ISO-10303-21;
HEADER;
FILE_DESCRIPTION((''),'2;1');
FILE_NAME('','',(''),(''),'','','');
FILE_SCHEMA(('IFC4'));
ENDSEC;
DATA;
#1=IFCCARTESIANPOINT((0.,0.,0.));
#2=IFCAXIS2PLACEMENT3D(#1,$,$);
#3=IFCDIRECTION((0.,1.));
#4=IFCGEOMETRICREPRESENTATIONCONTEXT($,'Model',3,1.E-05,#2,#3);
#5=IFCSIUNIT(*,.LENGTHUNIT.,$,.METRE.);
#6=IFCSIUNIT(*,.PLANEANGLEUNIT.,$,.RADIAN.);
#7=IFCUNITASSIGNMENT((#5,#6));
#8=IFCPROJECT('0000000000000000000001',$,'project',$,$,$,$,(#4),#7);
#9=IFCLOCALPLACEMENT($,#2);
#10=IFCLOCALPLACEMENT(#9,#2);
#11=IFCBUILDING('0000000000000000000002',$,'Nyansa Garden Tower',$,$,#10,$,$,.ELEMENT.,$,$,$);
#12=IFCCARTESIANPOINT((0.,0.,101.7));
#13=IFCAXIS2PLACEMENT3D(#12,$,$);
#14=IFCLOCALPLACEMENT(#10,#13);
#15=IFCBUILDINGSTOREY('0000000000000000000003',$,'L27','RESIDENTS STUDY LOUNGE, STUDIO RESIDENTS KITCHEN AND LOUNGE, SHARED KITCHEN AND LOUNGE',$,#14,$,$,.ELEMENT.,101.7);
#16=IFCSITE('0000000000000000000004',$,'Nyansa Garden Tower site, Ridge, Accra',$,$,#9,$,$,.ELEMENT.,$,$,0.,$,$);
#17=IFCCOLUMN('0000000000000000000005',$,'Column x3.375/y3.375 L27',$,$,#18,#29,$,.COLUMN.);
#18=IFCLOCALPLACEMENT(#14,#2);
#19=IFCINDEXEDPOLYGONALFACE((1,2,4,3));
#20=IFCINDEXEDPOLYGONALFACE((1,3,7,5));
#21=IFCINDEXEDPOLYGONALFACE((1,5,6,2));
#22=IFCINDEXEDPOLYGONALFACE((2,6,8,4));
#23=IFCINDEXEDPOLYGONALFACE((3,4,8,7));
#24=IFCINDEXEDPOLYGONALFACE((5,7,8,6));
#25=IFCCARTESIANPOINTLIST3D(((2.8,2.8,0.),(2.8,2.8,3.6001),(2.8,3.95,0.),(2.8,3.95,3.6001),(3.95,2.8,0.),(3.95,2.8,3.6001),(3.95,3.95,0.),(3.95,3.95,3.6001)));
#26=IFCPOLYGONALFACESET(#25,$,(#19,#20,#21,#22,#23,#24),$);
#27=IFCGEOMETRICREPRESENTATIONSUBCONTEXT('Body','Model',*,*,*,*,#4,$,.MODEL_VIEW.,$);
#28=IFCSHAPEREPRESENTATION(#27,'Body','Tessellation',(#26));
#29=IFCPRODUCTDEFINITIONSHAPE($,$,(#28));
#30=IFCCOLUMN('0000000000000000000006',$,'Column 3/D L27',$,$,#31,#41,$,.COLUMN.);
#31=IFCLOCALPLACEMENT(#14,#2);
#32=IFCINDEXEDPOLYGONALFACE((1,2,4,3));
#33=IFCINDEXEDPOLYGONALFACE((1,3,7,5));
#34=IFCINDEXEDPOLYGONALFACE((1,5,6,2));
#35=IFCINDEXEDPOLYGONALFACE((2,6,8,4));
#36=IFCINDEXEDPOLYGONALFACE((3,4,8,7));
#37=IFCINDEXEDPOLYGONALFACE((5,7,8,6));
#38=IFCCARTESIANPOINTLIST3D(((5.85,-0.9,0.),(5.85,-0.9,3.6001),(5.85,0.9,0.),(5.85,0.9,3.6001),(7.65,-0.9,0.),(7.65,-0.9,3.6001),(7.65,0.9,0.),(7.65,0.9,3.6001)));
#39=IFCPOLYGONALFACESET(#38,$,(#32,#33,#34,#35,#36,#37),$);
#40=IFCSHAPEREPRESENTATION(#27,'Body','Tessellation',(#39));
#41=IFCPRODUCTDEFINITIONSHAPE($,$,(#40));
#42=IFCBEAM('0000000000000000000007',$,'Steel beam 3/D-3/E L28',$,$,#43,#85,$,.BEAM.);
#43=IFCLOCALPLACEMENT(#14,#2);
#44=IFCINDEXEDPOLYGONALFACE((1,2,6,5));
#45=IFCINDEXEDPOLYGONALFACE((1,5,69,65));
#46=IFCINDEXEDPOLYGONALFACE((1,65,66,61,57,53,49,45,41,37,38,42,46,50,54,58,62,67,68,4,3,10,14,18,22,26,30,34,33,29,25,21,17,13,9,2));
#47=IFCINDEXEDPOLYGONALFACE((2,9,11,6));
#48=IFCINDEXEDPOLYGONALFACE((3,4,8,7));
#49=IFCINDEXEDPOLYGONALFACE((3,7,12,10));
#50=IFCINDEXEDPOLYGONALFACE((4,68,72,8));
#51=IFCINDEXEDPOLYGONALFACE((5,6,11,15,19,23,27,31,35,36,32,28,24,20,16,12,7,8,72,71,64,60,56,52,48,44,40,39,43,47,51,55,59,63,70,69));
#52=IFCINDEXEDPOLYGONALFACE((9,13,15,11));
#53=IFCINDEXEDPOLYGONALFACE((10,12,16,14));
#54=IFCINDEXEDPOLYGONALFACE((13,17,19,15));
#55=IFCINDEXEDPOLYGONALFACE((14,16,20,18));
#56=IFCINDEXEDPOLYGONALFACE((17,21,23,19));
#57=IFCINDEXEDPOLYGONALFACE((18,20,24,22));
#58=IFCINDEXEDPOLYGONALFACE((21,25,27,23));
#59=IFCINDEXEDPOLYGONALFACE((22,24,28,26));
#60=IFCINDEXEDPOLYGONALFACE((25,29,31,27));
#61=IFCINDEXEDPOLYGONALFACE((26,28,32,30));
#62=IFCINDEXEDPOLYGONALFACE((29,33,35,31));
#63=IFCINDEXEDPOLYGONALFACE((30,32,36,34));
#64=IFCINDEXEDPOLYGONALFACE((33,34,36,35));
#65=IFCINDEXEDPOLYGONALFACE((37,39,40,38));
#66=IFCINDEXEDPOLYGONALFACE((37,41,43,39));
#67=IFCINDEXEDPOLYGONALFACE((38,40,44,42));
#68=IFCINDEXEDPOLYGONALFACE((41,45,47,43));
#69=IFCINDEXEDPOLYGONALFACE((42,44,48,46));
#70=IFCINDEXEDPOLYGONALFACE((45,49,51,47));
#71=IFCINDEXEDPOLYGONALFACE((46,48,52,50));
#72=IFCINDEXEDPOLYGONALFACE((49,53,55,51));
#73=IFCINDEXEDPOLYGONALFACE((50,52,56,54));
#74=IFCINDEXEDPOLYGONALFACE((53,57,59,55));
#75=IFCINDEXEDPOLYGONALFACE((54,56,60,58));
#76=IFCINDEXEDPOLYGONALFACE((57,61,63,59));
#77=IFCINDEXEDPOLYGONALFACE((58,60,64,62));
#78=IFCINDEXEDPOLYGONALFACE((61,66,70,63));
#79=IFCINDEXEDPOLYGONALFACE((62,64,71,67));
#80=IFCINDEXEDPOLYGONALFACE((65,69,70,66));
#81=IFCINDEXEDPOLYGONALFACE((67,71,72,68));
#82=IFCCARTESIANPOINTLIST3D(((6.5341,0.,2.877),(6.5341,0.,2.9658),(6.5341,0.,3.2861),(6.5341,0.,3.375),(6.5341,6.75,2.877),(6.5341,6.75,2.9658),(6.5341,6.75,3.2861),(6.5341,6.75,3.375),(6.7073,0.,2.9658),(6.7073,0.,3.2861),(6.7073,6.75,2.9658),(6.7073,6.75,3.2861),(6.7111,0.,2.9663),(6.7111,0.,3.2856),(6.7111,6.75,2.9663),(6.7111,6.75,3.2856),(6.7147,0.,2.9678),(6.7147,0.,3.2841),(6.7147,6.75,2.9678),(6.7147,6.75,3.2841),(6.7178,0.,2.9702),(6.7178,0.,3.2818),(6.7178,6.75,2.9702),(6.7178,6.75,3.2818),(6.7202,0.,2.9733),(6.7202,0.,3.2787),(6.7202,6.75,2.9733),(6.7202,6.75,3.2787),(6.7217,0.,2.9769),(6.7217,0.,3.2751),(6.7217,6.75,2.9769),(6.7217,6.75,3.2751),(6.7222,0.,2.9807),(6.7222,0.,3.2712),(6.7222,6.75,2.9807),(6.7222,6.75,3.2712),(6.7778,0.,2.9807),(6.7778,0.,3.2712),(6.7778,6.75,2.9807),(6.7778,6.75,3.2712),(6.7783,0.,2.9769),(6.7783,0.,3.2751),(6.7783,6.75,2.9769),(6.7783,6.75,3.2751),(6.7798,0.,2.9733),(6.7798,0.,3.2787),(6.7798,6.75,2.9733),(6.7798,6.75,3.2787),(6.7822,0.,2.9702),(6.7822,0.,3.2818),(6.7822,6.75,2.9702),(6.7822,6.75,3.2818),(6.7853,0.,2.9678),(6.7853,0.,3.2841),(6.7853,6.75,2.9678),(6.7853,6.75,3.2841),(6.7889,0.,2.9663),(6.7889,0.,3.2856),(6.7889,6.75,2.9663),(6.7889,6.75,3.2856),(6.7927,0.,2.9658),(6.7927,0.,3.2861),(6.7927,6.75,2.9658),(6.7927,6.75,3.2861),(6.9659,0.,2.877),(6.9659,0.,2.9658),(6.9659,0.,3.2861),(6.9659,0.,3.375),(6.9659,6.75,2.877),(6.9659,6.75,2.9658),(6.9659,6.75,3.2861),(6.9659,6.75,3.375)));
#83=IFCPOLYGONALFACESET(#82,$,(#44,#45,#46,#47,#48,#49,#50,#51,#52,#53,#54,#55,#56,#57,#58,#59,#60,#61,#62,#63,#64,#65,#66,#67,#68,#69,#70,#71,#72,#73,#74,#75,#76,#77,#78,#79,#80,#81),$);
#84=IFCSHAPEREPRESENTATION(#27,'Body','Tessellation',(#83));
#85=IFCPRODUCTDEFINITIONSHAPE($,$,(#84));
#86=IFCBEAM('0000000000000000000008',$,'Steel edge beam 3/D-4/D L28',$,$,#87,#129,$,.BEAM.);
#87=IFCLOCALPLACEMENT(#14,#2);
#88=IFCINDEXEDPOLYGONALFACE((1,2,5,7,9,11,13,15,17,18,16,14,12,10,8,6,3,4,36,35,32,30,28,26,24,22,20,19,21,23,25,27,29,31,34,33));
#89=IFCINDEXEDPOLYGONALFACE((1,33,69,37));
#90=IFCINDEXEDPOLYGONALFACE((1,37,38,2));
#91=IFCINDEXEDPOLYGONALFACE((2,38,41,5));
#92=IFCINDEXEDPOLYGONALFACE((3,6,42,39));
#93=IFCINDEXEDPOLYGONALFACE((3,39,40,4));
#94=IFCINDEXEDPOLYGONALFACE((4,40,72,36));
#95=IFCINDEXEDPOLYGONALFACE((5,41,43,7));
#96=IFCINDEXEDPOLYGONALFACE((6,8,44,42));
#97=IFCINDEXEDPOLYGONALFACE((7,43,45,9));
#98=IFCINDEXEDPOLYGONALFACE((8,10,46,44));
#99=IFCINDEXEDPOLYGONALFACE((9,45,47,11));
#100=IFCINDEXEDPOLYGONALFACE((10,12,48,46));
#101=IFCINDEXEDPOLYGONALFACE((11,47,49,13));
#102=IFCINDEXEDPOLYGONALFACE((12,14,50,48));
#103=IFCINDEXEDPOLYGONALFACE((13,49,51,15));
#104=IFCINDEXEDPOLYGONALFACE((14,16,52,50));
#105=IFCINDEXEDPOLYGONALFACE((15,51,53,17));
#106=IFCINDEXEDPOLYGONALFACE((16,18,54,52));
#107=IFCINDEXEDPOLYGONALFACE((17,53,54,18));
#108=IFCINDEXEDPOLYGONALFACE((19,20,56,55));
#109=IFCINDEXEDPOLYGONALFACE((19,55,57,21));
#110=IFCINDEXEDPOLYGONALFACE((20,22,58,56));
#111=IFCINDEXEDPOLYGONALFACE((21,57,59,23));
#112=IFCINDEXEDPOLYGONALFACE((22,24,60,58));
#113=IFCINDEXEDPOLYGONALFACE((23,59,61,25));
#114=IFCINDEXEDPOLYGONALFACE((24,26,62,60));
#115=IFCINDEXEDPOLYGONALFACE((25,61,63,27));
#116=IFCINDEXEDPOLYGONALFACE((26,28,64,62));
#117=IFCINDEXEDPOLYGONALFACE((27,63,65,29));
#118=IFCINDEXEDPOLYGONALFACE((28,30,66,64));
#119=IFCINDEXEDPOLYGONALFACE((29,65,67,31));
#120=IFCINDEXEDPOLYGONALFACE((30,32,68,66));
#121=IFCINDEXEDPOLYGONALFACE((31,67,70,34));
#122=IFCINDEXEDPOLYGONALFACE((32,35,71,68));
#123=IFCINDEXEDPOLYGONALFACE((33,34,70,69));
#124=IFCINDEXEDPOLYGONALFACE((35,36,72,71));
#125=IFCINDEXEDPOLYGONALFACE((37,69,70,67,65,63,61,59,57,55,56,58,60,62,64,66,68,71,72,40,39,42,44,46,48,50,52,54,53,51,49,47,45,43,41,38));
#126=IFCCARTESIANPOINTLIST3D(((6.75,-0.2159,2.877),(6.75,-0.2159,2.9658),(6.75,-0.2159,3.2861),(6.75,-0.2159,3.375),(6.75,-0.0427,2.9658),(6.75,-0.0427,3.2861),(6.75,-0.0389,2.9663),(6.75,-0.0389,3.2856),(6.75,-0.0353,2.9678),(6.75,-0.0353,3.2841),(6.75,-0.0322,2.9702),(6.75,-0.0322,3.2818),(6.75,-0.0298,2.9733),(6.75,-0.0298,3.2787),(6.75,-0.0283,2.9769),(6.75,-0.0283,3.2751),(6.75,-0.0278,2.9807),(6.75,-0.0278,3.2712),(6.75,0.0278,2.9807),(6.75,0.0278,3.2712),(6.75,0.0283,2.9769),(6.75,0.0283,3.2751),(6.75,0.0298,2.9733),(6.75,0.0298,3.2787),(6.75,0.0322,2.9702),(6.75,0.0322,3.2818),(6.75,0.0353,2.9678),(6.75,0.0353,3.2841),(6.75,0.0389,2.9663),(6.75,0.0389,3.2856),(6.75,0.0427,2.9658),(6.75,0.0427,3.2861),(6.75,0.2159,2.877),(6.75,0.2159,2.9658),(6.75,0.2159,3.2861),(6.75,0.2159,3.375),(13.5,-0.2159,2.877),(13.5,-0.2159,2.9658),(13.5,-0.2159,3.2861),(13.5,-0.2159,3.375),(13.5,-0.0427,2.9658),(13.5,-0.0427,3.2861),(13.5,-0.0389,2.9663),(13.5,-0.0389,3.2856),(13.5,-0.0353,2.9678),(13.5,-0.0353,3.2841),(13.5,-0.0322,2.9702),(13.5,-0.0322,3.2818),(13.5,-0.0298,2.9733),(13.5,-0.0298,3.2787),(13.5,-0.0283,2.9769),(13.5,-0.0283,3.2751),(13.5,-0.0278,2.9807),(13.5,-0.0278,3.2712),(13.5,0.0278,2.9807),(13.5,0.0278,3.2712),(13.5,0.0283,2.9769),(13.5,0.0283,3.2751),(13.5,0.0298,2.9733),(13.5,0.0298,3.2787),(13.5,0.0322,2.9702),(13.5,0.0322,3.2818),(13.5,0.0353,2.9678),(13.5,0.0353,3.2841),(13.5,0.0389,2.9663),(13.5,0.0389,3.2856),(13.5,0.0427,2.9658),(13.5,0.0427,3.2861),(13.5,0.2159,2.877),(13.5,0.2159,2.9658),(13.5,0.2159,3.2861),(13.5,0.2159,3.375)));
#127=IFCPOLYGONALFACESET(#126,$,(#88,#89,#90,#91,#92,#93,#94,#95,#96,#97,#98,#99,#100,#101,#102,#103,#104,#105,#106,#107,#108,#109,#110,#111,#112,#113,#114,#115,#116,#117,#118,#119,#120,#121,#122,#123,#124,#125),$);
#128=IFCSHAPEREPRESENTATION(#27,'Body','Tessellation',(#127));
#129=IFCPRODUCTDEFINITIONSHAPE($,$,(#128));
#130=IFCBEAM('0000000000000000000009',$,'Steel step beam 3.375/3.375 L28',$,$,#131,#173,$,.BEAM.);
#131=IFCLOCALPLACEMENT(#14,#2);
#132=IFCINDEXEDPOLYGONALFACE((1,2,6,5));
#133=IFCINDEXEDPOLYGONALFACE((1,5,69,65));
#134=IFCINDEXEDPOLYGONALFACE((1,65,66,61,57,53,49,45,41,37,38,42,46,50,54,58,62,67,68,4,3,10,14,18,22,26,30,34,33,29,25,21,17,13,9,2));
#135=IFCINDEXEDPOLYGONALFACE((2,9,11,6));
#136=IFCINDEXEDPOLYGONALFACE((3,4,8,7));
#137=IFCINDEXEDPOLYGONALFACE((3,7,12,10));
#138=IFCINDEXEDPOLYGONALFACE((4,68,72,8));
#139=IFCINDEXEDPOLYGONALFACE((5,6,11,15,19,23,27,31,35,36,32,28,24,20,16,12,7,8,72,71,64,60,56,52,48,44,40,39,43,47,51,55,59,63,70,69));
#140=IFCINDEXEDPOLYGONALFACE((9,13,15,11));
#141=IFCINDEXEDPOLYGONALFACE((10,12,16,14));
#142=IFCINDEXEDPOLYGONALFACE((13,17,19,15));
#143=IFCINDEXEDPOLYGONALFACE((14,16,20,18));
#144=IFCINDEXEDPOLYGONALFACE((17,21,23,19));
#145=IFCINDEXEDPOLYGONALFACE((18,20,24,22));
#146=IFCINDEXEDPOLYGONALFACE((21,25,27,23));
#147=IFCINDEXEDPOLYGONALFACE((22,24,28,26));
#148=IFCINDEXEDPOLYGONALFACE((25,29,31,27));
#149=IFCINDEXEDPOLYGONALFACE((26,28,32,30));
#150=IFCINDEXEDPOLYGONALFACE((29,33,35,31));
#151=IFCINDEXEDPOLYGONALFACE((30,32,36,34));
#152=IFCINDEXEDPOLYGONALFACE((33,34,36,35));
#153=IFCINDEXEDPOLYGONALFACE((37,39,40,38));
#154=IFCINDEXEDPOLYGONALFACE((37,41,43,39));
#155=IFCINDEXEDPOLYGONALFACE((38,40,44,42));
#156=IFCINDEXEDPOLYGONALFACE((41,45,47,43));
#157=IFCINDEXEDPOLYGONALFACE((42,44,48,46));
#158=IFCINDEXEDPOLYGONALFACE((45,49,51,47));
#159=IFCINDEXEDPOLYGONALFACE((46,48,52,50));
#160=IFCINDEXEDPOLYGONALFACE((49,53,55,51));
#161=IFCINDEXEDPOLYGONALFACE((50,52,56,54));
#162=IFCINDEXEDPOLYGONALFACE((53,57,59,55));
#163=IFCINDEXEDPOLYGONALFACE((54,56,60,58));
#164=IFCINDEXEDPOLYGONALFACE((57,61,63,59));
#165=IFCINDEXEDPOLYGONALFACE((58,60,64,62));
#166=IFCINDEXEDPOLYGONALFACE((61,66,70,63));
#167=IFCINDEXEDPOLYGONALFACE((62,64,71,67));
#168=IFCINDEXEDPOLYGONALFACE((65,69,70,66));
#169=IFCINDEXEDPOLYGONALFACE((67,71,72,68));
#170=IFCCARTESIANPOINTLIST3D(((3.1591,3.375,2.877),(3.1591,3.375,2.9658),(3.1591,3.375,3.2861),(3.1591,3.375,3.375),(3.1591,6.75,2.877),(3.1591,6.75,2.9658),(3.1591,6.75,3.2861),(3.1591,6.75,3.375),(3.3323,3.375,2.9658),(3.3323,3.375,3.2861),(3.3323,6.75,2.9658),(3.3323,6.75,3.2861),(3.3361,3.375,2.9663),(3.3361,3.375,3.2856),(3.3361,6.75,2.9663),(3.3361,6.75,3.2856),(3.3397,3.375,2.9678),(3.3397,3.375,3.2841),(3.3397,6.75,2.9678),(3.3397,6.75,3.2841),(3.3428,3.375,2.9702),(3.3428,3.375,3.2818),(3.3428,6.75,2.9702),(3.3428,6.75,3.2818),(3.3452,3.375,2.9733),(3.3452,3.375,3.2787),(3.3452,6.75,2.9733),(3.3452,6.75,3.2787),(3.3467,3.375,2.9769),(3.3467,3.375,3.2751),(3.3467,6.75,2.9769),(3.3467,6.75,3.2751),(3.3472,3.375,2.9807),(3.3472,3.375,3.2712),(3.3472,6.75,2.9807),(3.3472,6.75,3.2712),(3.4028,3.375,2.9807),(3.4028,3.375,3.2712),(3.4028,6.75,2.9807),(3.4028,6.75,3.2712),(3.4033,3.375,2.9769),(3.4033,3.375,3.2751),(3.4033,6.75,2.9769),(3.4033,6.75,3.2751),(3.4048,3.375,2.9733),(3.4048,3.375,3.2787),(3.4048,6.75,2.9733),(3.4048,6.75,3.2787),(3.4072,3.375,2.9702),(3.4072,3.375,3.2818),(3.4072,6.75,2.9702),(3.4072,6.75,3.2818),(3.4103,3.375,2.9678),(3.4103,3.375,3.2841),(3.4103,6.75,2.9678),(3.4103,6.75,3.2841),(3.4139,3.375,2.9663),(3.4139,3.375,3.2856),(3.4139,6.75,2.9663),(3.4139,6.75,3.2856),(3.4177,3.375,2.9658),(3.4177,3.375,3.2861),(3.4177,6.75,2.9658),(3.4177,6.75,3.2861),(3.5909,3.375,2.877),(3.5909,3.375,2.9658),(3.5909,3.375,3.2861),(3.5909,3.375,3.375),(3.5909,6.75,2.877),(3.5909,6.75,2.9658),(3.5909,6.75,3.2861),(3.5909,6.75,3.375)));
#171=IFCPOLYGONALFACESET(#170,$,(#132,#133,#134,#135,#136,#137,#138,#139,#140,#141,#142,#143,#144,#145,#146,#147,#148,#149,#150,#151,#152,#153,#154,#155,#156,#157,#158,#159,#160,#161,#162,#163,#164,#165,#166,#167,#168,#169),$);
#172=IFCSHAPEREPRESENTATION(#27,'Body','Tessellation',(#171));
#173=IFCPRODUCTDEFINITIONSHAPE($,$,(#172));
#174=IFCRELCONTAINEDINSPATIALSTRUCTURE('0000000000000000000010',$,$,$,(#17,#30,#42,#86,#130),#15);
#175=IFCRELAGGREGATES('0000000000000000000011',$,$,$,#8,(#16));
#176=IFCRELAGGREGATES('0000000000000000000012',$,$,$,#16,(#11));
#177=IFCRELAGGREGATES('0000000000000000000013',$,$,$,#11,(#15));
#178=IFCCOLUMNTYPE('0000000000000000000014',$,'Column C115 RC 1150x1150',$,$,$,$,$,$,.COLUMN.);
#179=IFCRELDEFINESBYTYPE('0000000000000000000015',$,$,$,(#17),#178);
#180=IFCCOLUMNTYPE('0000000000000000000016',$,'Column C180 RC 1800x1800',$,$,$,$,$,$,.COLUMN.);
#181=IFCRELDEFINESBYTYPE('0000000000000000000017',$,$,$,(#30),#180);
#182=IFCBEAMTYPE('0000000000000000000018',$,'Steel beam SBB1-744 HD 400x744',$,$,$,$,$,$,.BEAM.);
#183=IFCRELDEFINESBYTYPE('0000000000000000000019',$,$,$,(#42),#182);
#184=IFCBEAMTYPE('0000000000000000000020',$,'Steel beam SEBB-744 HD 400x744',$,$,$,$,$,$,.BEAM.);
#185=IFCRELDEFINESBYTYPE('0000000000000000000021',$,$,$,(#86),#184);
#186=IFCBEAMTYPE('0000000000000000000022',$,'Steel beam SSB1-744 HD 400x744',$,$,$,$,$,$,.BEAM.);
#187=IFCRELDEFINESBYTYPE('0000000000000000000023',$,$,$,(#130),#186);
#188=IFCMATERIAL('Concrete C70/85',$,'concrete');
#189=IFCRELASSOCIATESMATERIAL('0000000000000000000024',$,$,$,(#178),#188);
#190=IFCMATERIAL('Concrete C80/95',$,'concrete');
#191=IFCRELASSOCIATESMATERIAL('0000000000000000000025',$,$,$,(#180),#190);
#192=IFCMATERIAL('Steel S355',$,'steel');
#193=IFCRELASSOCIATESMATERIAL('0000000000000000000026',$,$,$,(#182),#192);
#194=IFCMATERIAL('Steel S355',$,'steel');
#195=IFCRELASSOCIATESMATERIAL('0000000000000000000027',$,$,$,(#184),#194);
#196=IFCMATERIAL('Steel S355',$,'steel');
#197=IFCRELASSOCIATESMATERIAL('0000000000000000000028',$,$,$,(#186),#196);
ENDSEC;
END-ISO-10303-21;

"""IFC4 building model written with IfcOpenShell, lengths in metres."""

from ifc_helpers import new_model, si_unit, direction, frame, origin, origin_2d, place, context, subcontext, project, spatial, rectangle, i_section, extrude, material, material_profile, profile_set, type_object, element, save


model = new_model("IFC4")

# Units and contexts
model_context = context("Model", 3, precision=1e-05, world=origin(), true_north=direction((0.0, 1.0)))
body_context = subcontext(model_context, "Body", "Model", "MODEL_VIEW")
ifc_project = project(units=[si_unit("LENGTHUNIT", "METRE"), si_unit("PLANEANGLEUNIT", "RADIAN")], contexts=[model_context])

# Site, building, storey
site_placement = place(None, origin())
site = spatial("IfcSite", under=ifc_project, at=site_placement, Name="Nyansa Garden Tower site, Ridge, Accra", CompositionType="ELEMENT", RefElevation=0.0)
building_placement = place(site_placement, origin())
building = spatial("IfcBuilding", under=site, at=building_placement, Name="Nyansa Garden Tower", CompositionType="ELEMENT")
storey_placement = place(building_placement, frame((0.0, 0.0, 101.7)))
storey = spatial("IfcBuildingStorey", under=building, at=storey_placement, Name="L27", Description="RESIDENTS STUDY LOUNGE, STUDIO RESIDENTS KITCHEN AND LOUNGE, SHARED KITCHEN AND LOUNGE", CompositionType="ELEMENT", Elevation=101.7)

# Columns
ifc_material_1 = material(Name="Concrete C70/85", Category="concrete")
ifc_material_profile_1 = material_profile(ifc_material_1, rectangle(XDim=1.1499, YDim=1.1499, at=origin_2d()), Name="RC 1150x1150")
ifc_profile_set_1 = profile_set([ifc_material_profile_1], Name="Concrete C70/85")
column_type_1 = type_object("IfcColumnType", Name="Column C115 RC 1150x1150", PredefinedType="COLUMN", material=ifc_profile_set_1)
column_1_placement = place(storey_placement, frame((3.375, 3.375, 0.0), z_axis=(0.0, 0.0, 1.0), x_axis=(1.0, 0.0, 0.0)))
element("IfcColumn", 1, at=column_1_placement, inside=storey, type_object=column_type_1, Name="Column x3.375/y3.375 L27", PredefinedType="COLUMN", context=body_context, shape_type="SweptSolid", body=[
    extrude(rectangle(XDim=1.1499, YDim=1.1499, at=origin_2d()), origin(), (0.0, 0.0, 1.0), 3.6001),
])
ifc_material_2 = material(Name="Concrete C80/95", Category="concrete")
ifc_material_profile_2 = material_profile(ifc_material_2, rectangle(XDim=1.8, YDim=1.8, at=origin_2d()), Name="RC 1800x1800")
ifc_profile_set_2 = profile_set([ifc_material_profile_2], Name="Concrete C80/95")
column_type_2 = type_object("IfcColumnType", Name="Column C180 RC 1800x1800", PredefinedType="COLUMN", material=ifc_profile_set_2)
column_2_placement = place(storey_placement, frame((6.75, 0.0, 0.0), z_axis=(0.0, 0.0, 1.0), x_axis=(1.0, 0.0, 0.0)))
element("IfcColumn", 2, at=column_2_placement, inside=storey, type_object=column_type_2, Name="Column 3/D L27", PredefinedType="COLUMN", context=body_context, shape_type="SweptSolid", body=[
    extrude(rectangle(XDim=1.8, YDim=1.8, at=origin_2d()), origin(), (0.0, 0.0, 1.0), 3.6001),
])

# Beams
ifc_material_3 = material(Name="Steel S355", Category="steel")
ifc_material_profile_3 = material_profile(ifc_material_3, i_section(OverallWidth=0.4319, OverallDepth=0.498, WebThickness=0.0557, FlangeThickness=0.0889, FilletRadius=0.0149, at=origin_2d()), Name="HD 400x744")
ifc_profile_set_3 = profile_set([ifc_material_profile_3], Name="Steel S355")
beam_type_1 = type_object("IfcBeamType", Name="Steel beam SBB1-744 HD 400x744", PredefinedType="BEAM", material=ifc_profile_set_3)
beam_1_placement = place(storey_placement, frame((6.75, 0.0, 3.126), z_axis=(0.0, 1.0, 0.0), x_axis=(-1.0, 0.0, 0.0)))
element("IfcBeam", 3, at=beam_1_placement, inside=storey, type_object=beam_type_1, Name="Steel beam 3/D-3/E L28", PredefinedType="BEAM", context=body_context, shape_type="SweptSolid", body=[
    extrude(i_section(OverallWidth=0.4319, OverallDepth=0.498, WebThickness=0.0557, FlangeThickness=0.0889, FilletRadius=0.0149, at=origin_2d()), origin(), (0.0, 0.0, 1.0), 6.75),
])
ifc_material_4 = material(Name="Steel S355", Category="steel")
ifc_material_profile_4 = material_profile(ifc_material_4, i_section(OverallWidth=0.4319, OverallDepth=0.498, WebThickness=0.0557, FlangeThickness=0.0889, FilletRadius=0.0149, at=origin_2d()), Name="HD 400x744")
ifc_profile_set_4 = profile_set([ifc_material_profile_4], Name="Steel S355")
beam_type_2 = type_object("IfcBeamType", Name="Steel beam SEBB-744 HD 400x744", PredefinedType="BEAM", material=ifc_profile_set_4)
beam_2_placement = place(storey_placement, frame((6.75, 0.0, 3.126), z_axis=(1.0, 0.0, 0.0), x_axis=(0.0, 1.0, 0.0)))
element("IfcBeam", 4, at=beam_2_placement, inside=storey, type_object=beam_type_2, Name="Steel edge beam 3/D-4/D L28", PredefinedType="BEAM", context=body_context, shape_type="SweptSolid", body=[
    extrude(i_section(OverallWidth=0.4319, OverallDepth=0.498, WebThickness=0.0557, FlangeThickness=0.0889, FilletRadius=0.0149, at=origin_2d()), origin(), (0.0, 0.0, 1.0), 6.75),
])
ifc_material_5 = material(Name="Steel S355", Category="steel")
ifc_material_profile_5 = material_profile(ifc_material_5, i_section(OverallWidth=0.4319, OverallDepth=0.498, WebThickness=0.0557, FlangeThickness=0.0889, FilletRadius=0.0149, at=origin_2d()), Name="HD 400x744")
ifc_profile_set_5 = profile_set([ifc_material_profile_5], Name="Steel S355")
beam_type_3 = type_object("IfcBeamType", Name="Steel beam SSB1-744 HD 400x744", PredefinedType="BEAM", material=ifc_profile_set_5)
for number, where, z_axis, x_axis, name in (
    (5, (3.375, 3.375, 3.126), (0.0, 1.0, 0.0), (-1.0, 0.0, 0.0), "Steel step beam 3.375/3.375 L28"),
):
    element("IfcBeam", number, at=place(storey_placement, frame(where, z_axis=z_axis, x_axis=x_axis)), inside=storey, type_object=beam_type_3, Name=name, PredefinedType="BEAM", context=body_context, shape_type="SweptSolid", body=[
        extrude(i_section(OverallWidth=0.4319, OverallDepth=0.498, WebThickness=0.0557, FlangeThickness=0.0889, FilletRadius=0.0149, at=origin_2d()), origin(), (0.0, 0.0, 1.0), 3.375),
    ])

save(model, "model.ifc")
